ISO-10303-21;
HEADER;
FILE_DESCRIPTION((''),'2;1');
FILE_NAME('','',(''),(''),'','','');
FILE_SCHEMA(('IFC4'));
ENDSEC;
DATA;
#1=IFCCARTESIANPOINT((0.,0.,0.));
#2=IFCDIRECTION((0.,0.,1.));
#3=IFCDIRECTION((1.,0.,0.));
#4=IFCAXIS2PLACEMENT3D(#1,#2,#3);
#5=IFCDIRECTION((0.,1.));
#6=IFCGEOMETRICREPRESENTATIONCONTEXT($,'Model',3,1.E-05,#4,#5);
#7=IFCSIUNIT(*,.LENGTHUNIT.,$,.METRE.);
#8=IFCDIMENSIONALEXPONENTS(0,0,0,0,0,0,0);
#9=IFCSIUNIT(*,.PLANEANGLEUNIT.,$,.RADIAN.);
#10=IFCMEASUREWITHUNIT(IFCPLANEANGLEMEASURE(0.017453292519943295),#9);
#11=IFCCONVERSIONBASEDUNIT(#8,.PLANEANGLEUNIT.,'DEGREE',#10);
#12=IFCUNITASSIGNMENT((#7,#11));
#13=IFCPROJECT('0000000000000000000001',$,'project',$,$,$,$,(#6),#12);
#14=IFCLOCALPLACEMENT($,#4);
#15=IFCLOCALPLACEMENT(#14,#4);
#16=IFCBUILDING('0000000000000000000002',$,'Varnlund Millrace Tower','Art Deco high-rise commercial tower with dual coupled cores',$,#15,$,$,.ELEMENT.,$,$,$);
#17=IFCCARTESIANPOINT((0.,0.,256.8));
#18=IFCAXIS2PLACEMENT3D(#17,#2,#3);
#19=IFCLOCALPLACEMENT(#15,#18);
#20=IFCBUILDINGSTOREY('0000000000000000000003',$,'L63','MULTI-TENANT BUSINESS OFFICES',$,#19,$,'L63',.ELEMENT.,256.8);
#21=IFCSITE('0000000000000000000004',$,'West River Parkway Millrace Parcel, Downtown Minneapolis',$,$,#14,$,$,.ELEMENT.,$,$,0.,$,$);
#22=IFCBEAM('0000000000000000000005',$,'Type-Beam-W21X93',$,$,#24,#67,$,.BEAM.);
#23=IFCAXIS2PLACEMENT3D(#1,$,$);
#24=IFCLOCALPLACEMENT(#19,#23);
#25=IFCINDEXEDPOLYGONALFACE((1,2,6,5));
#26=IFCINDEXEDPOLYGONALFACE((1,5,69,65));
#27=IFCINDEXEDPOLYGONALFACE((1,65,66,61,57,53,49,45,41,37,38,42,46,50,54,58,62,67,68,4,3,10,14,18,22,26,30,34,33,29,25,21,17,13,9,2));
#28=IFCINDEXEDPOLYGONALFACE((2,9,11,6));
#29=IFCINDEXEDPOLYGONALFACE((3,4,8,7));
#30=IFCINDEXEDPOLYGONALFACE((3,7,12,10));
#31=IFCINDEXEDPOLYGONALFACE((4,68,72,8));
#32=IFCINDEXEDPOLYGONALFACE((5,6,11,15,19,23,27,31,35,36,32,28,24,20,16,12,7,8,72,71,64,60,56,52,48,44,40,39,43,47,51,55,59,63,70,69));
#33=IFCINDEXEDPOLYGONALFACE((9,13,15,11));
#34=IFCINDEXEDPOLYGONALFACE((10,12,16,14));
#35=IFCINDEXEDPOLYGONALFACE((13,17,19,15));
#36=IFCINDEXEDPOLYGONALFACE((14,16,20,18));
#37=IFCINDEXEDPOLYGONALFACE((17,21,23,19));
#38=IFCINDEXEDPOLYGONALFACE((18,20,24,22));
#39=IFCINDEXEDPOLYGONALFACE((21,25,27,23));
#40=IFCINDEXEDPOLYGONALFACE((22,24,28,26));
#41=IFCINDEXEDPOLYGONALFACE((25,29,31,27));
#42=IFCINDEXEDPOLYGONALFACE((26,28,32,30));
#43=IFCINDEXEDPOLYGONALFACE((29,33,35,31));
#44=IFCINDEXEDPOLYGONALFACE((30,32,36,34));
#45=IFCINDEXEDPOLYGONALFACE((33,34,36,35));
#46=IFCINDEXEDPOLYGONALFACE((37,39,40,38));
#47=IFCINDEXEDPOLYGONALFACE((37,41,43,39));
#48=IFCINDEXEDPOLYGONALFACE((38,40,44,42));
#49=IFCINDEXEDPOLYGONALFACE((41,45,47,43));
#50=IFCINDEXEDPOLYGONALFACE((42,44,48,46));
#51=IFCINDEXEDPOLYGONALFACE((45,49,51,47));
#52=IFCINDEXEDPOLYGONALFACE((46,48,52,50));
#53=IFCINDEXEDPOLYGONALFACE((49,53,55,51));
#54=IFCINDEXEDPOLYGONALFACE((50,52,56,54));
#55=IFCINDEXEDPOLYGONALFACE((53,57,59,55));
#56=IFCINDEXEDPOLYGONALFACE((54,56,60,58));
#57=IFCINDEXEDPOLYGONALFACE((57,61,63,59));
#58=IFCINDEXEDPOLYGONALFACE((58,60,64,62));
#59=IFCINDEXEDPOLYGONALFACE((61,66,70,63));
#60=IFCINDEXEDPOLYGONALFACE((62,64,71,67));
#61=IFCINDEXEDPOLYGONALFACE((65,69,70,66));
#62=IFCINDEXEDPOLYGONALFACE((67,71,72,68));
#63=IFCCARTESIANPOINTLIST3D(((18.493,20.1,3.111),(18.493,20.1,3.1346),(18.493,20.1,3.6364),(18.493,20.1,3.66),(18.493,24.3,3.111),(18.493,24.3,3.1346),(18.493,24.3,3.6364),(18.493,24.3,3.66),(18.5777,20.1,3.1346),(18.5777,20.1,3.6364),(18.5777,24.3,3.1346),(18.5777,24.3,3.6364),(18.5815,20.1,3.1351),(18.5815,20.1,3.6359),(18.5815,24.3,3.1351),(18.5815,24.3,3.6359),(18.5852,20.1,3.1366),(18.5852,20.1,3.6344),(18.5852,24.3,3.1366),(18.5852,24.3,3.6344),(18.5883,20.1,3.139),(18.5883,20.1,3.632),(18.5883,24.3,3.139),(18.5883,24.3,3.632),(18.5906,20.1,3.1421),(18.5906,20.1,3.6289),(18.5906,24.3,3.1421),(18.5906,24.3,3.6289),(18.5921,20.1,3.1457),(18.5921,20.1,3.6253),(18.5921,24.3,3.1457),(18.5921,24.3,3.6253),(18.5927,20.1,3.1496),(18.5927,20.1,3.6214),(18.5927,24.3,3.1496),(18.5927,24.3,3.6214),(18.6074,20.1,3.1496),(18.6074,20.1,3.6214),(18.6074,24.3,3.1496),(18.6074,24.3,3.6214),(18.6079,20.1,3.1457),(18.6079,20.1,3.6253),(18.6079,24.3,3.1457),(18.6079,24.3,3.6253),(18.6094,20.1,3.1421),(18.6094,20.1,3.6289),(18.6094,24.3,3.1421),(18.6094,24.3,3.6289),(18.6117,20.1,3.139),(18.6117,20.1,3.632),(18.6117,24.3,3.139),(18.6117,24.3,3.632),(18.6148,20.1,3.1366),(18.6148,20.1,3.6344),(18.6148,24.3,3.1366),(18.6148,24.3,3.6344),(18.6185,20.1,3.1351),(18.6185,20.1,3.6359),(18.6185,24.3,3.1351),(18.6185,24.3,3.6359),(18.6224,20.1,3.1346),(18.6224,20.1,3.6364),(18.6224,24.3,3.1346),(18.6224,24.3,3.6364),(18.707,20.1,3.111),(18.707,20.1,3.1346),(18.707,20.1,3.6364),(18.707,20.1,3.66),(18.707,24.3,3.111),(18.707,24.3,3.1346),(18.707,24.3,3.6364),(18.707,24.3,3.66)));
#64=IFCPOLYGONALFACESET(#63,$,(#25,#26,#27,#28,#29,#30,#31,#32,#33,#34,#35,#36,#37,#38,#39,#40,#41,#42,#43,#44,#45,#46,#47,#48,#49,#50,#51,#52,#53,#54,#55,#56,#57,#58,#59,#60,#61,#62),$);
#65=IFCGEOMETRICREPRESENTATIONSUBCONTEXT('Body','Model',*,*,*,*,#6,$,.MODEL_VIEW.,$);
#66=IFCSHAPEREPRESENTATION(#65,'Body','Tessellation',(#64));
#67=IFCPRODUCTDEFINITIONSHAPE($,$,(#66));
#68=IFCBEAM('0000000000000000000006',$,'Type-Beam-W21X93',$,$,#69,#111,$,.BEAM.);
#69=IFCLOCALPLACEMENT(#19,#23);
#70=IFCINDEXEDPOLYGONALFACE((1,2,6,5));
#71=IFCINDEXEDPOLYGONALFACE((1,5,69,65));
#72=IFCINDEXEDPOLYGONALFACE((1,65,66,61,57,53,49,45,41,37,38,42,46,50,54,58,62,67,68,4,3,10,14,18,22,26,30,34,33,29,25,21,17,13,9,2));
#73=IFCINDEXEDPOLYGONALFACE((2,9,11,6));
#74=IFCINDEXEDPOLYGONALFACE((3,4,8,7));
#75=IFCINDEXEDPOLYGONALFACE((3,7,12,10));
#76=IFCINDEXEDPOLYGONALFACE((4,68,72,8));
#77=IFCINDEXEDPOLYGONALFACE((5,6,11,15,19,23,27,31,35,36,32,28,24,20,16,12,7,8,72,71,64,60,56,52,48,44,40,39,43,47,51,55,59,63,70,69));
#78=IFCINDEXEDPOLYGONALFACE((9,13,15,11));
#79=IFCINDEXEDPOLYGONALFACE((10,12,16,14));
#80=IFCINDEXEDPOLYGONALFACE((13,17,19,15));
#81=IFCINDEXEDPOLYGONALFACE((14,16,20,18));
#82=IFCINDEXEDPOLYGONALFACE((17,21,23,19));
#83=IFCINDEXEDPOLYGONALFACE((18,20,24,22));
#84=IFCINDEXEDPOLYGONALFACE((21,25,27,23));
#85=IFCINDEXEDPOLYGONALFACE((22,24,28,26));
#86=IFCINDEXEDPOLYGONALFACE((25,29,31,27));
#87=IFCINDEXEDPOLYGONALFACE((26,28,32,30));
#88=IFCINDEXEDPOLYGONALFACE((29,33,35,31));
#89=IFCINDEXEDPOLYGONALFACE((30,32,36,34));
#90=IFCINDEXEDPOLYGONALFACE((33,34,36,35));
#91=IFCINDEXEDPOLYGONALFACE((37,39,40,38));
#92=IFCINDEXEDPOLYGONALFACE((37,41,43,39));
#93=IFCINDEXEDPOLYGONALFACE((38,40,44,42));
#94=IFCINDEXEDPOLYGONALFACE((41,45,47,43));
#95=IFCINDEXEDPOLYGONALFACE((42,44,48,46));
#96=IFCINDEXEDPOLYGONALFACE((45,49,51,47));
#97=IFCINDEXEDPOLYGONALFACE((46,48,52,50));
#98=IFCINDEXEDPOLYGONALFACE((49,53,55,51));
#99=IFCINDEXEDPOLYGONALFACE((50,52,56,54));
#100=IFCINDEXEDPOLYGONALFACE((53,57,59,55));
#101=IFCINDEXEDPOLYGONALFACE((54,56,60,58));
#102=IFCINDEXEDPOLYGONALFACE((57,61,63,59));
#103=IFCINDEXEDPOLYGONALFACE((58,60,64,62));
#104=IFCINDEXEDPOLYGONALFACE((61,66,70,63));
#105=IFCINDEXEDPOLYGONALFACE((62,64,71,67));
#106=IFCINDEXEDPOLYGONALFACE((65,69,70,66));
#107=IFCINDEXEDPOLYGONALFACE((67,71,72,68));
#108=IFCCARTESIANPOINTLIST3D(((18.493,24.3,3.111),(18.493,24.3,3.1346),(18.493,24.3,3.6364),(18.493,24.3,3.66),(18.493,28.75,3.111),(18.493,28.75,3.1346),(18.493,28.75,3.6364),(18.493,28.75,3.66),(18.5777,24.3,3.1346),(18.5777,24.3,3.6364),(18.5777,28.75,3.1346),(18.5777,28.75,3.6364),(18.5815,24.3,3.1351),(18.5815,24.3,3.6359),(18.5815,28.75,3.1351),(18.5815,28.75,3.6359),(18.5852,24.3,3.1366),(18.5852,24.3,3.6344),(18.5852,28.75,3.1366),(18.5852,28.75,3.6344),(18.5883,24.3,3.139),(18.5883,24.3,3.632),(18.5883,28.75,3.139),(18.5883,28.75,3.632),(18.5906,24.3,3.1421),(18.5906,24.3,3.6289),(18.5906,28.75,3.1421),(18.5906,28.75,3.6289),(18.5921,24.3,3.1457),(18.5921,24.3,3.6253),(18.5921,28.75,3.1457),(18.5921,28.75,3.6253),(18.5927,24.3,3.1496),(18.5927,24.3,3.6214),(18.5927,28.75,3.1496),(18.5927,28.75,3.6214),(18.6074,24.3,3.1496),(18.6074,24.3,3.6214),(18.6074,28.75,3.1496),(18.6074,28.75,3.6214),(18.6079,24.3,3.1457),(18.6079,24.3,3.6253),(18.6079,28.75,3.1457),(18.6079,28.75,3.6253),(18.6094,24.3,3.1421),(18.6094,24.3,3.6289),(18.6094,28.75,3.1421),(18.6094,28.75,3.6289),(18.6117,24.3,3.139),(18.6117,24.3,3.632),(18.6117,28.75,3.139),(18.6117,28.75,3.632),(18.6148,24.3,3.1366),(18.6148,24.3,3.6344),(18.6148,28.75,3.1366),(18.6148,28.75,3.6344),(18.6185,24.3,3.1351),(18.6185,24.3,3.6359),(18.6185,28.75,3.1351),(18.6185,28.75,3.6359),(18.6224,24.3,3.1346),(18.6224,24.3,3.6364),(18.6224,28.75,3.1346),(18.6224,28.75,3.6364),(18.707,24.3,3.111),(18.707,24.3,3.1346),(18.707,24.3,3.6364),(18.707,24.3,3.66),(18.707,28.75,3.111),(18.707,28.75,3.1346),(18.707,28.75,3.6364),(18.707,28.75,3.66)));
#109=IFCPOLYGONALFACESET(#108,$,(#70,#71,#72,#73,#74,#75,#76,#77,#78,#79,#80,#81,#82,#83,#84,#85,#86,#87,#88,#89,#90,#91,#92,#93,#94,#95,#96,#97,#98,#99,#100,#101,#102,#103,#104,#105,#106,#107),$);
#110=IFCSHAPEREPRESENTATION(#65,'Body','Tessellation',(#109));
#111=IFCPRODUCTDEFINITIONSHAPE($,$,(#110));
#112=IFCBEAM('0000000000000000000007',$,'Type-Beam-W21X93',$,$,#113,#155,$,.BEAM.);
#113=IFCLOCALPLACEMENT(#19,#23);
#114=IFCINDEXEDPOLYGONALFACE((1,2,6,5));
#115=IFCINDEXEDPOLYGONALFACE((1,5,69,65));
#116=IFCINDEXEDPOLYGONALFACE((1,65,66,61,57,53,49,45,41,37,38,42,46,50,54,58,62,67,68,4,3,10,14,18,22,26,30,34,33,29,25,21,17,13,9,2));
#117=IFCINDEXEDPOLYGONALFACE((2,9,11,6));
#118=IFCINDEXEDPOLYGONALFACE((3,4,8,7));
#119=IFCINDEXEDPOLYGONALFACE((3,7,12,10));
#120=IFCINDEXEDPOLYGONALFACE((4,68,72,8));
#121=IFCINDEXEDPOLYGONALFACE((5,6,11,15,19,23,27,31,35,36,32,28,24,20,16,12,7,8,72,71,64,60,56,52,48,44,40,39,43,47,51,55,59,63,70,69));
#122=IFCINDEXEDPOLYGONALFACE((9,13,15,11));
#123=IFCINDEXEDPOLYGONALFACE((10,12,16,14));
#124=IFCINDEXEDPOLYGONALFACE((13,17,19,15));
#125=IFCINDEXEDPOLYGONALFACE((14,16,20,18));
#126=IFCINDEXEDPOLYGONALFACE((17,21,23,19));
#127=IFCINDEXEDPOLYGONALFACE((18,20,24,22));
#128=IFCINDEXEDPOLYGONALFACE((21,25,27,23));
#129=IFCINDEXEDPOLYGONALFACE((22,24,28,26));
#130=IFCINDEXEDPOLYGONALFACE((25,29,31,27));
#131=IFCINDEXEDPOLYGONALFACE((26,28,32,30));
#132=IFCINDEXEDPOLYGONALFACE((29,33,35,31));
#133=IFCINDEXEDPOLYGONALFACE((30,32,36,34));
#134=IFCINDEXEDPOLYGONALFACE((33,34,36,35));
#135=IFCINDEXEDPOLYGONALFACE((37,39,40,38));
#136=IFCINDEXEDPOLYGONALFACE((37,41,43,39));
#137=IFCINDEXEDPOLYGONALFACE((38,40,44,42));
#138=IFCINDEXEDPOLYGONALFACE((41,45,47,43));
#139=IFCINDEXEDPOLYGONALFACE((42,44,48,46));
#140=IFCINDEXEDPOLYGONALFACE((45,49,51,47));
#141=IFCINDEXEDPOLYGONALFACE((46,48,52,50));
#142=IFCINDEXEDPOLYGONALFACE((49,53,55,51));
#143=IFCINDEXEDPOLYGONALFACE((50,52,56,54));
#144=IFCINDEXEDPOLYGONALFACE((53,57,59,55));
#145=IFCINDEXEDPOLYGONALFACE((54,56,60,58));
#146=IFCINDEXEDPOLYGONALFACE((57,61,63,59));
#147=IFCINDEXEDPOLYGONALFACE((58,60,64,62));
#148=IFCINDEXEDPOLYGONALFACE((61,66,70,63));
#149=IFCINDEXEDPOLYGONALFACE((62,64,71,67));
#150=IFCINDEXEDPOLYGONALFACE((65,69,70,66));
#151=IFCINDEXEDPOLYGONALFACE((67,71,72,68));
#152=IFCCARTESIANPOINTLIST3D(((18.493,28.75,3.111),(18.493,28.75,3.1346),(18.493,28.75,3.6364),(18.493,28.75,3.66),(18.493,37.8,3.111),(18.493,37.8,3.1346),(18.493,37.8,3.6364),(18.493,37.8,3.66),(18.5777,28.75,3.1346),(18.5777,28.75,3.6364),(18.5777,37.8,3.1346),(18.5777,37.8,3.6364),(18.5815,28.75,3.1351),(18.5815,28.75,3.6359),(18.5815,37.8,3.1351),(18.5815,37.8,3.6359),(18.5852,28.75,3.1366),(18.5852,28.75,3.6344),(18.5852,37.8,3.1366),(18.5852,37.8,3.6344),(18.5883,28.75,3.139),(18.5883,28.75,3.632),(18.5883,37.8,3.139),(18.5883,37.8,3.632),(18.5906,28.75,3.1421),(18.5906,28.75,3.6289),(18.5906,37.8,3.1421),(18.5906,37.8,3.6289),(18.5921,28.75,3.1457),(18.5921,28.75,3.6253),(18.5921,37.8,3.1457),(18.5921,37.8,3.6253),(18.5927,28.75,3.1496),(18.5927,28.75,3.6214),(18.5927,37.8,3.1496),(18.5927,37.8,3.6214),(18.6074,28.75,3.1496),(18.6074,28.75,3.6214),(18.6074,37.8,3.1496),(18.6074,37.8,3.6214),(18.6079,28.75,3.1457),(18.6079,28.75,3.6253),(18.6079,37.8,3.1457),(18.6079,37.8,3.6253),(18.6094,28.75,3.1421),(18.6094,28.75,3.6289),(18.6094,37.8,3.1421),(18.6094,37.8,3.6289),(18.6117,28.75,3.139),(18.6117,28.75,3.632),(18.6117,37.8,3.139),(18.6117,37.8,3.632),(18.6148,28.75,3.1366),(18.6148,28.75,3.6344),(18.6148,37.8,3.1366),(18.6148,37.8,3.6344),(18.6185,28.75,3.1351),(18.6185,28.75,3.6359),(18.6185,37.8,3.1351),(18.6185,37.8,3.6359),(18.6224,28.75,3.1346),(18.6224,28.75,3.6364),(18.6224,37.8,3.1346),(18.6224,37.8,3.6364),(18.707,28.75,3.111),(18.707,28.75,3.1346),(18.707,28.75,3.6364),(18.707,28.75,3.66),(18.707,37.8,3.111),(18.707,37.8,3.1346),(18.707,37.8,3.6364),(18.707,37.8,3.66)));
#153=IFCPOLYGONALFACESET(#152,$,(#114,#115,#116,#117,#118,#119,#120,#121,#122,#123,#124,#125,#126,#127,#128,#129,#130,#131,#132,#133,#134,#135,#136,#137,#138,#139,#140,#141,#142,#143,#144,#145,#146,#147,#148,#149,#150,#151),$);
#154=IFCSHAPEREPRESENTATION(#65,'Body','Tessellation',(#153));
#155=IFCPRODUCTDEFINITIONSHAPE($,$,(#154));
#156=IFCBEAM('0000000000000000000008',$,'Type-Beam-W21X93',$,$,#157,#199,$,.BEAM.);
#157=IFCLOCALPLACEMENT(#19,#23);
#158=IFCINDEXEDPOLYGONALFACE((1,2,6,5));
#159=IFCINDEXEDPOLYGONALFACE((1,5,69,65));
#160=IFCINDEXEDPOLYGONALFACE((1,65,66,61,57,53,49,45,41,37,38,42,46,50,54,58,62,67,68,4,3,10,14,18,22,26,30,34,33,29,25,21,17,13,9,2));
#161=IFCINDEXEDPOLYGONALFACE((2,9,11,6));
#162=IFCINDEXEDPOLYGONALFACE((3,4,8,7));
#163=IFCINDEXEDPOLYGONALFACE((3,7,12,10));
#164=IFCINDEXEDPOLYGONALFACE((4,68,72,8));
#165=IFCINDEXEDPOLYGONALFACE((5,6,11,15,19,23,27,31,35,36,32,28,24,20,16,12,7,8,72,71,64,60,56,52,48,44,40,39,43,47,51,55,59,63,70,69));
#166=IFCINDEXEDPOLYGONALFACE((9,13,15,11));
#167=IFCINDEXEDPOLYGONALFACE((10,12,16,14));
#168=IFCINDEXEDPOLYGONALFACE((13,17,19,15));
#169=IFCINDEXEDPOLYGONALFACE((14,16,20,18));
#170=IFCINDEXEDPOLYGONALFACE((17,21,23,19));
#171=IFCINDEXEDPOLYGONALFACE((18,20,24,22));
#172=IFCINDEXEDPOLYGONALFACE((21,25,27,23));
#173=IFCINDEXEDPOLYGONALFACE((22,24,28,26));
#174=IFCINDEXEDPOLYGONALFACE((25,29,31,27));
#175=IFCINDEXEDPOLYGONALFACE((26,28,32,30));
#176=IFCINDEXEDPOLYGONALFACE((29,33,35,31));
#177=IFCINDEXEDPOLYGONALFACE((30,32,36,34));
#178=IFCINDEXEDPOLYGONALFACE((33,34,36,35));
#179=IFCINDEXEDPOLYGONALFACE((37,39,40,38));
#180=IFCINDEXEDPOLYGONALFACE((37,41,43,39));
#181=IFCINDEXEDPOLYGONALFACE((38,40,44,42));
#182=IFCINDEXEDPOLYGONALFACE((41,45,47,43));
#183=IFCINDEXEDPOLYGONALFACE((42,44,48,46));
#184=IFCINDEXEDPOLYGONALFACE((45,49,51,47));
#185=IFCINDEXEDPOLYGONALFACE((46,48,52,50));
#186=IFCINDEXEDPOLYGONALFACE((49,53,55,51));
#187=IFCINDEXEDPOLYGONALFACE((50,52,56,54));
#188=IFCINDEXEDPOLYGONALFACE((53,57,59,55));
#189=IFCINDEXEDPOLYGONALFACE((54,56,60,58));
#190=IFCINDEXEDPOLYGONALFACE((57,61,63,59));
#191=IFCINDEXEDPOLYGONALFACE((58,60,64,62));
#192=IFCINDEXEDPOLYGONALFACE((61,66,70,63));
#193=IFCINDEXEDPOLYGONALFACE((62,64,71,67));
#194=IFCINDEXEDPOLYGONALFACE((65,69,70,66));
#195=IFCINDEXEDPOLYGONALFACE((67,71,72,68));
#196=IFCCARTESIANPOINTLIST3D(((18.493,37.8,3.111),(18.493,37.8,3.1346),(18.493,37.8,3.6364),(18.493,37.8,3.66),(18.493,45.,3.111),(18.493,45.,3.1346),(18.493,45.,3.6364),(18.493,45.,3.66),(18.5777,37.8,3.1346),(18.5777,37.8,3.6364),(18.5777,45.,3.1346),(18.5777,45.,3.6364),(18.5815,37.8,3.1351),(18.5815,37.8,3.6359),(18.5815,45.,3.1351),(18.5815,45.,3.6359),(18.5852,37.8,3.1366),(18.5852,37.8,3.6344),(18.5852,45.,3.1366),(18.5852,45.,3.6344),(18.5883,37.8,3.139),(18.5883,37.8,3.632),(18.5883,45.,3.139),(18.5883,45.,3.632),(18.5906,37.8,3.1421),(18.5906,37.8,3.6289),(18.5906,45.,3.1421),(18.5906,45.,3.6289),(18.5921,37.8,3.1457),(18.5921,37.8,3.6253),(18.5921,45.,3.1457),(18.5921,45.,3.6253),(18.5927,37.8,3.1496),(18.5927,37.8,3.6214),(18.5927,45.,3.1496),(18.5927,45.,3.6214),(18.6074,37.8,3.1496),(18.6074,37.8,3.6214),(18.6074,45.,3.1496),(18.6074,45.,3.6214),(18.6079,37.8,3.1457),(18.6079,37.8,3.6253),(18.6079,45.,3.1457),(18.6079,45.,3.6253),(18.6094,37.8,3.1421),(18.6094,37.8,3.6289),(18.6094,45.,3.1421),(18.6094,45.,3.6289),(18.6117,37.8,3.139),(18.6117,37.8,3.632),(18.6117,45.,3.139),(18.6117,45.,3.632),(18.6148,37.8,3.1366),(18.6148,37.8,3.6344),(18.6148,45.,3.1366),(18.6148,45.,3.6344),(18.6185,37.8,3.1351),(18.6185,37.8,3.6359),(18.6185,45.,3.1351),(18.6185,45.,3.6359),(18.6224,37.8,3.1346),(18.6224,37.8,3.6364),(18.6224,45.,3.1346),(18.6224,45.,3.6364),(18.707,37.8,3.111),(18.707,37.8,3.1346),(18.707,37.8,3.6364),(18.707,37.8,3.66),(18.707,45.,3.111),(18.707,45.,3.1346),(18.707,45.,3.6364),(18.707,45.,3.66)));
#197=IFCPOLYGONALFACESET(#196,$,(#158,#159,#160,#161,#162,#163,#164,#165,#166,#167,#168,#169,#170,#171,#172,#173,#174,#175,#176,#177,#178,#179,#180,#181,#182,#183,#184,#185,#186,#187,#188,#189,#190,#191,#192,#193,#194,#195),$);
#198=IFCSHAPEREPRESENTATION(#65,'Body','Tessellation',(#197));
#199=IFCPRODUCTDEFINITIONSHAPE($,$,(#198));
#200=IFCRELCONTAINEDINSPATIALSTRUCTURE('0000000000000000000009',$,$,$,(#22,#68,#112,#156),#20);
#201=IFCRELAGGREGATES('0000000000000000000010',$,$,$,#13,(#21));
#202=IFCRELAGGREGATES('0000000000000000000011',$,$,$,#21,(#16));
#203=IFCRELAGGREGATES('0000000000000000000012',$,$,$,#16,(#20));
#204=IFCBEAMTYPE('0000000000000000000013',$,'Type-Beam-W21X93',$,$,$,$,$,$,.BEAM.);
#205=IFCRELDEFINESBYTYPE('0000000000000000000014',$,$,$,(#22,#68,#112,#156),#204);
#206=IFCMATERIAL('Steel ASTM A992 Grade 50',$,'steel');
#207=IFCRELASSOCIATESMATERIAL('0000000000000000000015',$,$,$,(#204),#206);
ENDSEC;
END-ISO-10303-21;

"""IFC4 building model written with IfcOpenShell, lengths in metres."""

from ifc_helpers import new_model, entity, si_unit, converted_unit, direction, frame, origin_with_axes, origin_2d_with_axis, place, context, subcontext, project, spatial, i_section, extrude, material, material_profile, profile_set, type_object, element, save


model = new_model("IFC4")

# Units and contexts
model_context = context("Model", 3, precision=1e-05, world=origin_with_axes(), true_north=direction((0.0, 1.0)))
body_context = subcontext(model_context, "Body", "Model", "MODEL_VIEW")
ifc_project = project(units=[si_unit("LENGTHUNIT", "METRE"), converted_unit("PLANEANGLEUNIT", "DEGREE", entity("IfcPlaneAngleMeasure", 0.017453292519943295), si_unit("PLANEANGLEUNIT", "RADIAN"), dimensions=[0, 0, 0, 0, 0, 0, 0])], contexts=[model_context])

# Site, building, storey
site_placement = place(None, origin_with_axes())
site = spatial("IfcSite", under=ifc_project, at=site_placement, Name="West River Parkway Millrace Parcel, Downtown Minneapolis", CompositionType="ELEMENT", RefElevation=0.0)
building_placement = place(site_placement, origin_with_axes())
building = spatial("IfcBuilding", under=site, at=building_placement, Name="Varnlund Millrace Tower", Description="Art Deco high-rise commercial tower with dual coupled cores", CompositionType="ELEMENT")
storey_placement = place(building_placement, frame((0.0, 0.0, 256.8), z_axis=(0.0, 0.0, 1.0), x_axis=(1.0, 0.0, 0.0)))
storey = spatial("IfcBuildingStorey", under=building, at=storey_placement, Name="L63", Description="MULTI-TENANT BUSINESS OFFICES", LongName="L63", CompositionType="ELEMENT", Elevation=256.8)

# Beams
ifc_material_1 = material(Name="Steel ASTM A992 Grade 50", Category="steel")
ifc_material_profile_1 = material_profile(ifc_material_1, i_section(OverallWidth=0.214, OverallDepth=0.549, WebThickness=0.0147, FlangeThickness=0.0236, FilletRadius=0.015, at=origin_2d_with_axis()), Name="Steel ASTM A992 Grade 50")
ifc_profile_set_1 = profile_set([ifc_material_profile_1], Name="Steel ASTM A992 Grade 50")
beam_type_1 = type_object("IfcBeamType", Name="Type-Beam-W21X93", PredefinedType="BEAM", material=ifc_profile_set_1)
beam_1_placement = place(storey_placement, frame((18.6, 20.1, 3.3855), z_axis=(0.0, 1.0, 0.0), x_axis=(-1.0, 0.0, 0.0)))
element("IfcBeam", 1, at=beam_1_placement, inside=storey, type_object=beam_type_1, Name="Type-Beam-W21X93", PredefinedType="BEAM", context=body_context, shape_type="SweptSolid", body=[
    extrude(i_section(OverallWidth=0.214, OverallDepth=0.549, WebThickness=0.0147, FlangeThickness=0.0236, FilletRadius=0.015, at=origin_2d_with_axis()), origin_with_axes(), (0.0, 0.0, 1.0), 4.2),
])
beam_2_placement = place(storey_placement, frame((18.6, 24.3, 3.3855), z_axis=(0.0, 1.0, 0.0), x_axis=(-1.0, 0.0, 0.0)))
element("IfcBeam", 2, at=beam_2_placement, inside=storey, type_object=beam_type_1, Name="Type-Beam-W21X93", PredefinedType="BEAM", context=body_context, shape_type="SweptSolid", body=[
    extrude(i_section(OverallWidth=0.214, OverallDepth=0.549, WebThickness=0.0147, FlangeThickness=0.0236, FilletRadius=0.015, at=origin_2d_with_axis()), origin_with_axes(), (0.0, 0.0, 1.0), 4.45),
])
beam_3_placement = place(storey_placement, frame((18.6, 28.75, 3.3855), z_axis=(0.0, 1.0, 0.0), x_axis=(-1.0, 0.0, 0.0)))
element("IfcBeam", 3, at=beam_3_placement, inside=storey, type_object=beam_type_1, Name="Type-Beam-W21X93", PredefinedType="BEAM", context=body_context, shape_type="SweptSolid", body=[
    extrude(i_section(OverallWidth=0.214, OverallDepth=0.549, WebThickness=0.0147, FlangeThickness=0.0236, FilletRadius=0.015, at=origin_2d_with_axis()), origin_with_axes(), (0.0, 0.0, 1.0), 9.05),
])
beam_4_placement = place(storey_placement, frame((18.6, 37.8, 3.3855), z_axis=(0.0, 1.0, 0.0), x_axis=(-1.0, 0.0, 0.0)))
element("IfcBeam", 4, at=beam_4_placement, inside=storey, type_object=beam_type_1, Name="Type-Beam-W21X93", PredefinedType="BEAM", context=body_context, shape_type="SweptSolid", body=[
    extrude(i_section(OverallWidth=0.214, OverallDepth=0.549, WebThickness=0.0147, FlangeThickness=0.0236, FilletRadius=0.015, at=origin_2d_with_axis()), origin_with_axes(), (0.0, 0.0, 1.0), 7.2),
])

save(model, "model.ifc")
